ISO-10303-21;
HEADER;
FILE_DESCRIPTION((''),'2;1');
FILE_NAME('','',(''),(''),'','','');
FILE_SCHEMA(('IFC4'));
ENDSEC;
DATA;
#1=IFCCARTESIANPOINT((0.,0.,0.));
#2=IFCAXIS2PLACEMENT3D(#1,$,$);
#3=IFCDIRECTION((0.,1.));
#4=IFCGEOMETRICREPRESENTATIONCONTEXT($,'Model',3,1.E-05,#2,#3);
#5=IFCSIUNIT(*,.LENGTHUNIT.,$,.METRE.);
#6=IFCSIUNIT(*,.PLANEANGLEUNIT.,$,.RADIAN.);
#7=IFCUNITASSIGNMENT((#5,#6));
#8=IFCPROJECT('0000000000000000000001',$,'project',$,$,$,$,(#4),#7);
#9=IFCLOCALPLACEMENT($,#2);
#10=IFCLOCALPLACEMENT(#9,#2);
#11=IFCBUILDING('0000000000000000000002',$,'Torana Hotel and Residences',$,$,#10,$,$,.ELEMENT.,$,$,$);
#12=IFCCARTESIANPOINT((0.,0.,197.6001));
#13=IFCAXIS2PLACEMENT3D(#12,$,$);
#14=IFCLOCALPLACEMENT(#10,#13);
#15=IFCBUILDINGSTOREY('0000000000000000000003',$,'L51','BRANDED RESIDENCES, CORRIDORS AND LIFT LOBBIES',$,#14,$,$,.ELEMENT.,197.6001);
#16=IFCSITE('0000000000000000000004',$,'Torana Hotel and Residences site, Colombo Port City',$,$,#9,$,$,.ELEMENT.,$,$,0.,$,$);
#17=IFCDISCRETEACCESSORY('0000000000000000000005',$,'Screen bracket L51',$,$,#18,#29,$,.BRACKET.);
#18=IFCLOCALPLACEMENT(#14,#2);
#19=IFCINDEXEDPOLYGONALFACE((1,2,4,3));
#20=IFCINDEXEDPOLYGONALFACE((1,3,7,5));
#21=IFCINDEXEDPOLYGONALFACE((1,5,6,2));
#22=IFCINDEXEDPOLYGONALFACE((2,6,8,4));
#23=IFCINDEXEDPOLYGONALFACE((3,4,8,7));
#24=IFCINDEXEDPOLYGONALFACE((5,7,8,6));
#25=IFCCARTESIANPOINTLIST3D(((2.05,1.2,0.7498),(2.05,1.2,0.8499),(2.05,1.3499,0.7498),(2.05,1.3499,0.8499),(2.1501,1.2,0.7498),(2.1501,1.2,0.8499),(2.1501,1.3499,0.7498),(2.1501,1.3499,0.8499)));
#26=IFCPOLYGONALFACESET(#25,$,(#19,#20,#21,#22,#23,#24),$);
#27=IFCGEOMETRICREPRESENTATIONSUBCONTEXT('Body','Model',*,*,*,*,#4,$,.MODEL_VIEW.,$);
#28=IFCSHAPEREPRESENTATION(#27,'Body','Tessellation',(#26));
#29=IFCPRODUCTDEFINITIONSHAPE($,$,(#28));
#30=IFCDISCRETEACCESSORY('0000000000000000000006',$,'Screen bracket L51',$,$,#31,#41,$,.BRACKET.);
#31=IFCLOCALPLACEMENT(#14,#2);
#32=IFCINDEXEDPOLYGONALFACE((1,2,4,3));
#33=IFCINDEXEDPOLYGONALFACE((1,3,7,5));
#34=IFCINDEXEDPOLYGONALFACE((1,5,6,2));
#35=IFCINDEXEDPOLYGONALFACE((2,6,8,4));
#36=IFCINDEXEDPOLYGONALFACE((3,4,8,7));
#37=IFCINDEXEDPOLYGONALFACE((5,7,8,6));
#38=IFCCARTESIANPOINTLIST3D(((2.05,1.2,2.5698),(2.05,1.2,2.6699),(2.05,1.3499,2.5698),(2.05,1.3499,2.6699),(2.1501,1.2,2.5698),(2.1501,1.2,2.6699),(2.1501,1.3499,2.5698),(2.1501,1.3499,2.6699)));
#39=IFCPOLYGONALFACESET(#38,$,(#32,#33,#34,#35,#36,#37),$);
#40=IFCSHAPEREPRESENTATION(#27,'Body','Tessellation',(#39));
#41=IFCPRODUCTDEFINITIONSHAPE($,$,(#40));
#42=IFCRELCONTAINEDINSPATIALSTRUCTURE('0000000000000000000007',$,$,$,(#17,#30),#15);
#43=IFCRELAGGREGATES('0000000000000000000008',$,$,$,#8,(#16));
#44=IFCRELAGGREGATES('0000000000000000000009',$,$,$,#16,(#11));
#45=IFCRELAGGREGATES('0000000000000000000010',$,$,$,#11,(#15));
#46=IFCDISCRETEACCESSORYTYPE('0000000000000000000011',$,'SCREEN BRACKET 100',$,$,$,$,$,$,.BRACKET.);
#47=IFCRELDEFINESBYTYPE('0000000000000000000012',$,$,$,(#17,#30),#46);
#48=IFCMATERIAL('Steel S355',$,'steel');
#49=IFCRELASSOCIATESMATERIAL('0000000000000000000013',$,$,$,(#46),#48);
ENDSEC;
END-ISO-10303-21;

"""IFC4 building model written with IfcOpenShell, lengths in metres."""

from ifc_helpers import new_model, si_unit, direction, frame, origin, origin_2d, place, context, subcontext, project, spatial, rectangle, extrude, material, type_object, element, save


model = new_model("IFC4")

# Units and contexts
model_context = context("Model", 3, precision=1e-05, world=origin(), true_north=direction((0.0, 1.0)))
body_context = subcontext(model_context, "Body", "Model", "MODEL_VIEW")
ifc_project = project(units=[si_unit("LENGTHUNIT", "METRE"), si_unit("PLANEANGLEUNIT", "RADIAN")], contexts=[model_context])

# Site, building, storey
site_placement = place(None, origin())
site = spatial("IfcSite", under=ifc_project, at=site_placement, Name="Torana Hotel and Residences site, Colombo Port City", CompositionType="ELEMENT", RefElevation=0.0)
building_placement = place(site_placement, origin())
building = spatial("IfcBuilding", under=site, at=building_placement, Name="Torana Hotel and Residences", CompositionType="ELEMENT")
storey_placement = place(building_placement, frame((0.0, 0.0, 197.6001)))
storey = spatial("IfcBuildingStorey", under=building, at=storey_placement, Name="L51", Description="BRANDED RESIDENCES, CORRIDORS AND LIFT LOBBIES", CompositionType="ELEMENT", Elevation=197.6001)

# Discrete accessories
ifc_material_1 = material(Name="Steel S355", Category="steel")
discrete_accessory_type = type_object("IfcDiscreteAccessoryType", Name="SCREEN BRACKET 100", PredefinedType="BRACKET", material=ifc_material_1)
for number, where, z_axis, x_axis, name in (
    (1, (2.1001, 1.2749, 0.7498), (0.0, 0.0, 1.0), (-1.0, 0.0, 0.0), "Screen bracket L51"),
    (2, (2.1001, 1.2749, 2.5698), (0.0, 0.0, 1.0), (-1.0, 0.0, 0.0), "Screen bracket L51"),
):
    element("IfcDiscreteAccessory", number, at=place(storey_placement, frame(where, z_axis=z_axis, x_axis=x_axis)), inside=storey, type_object=discrete_accessory_type, Name=name, PredefinedType="BRACKET", context=body_context, shape_type="SweptSolid", body=[
        extrude(rectangle(XDim=0.1001, YDim=0.1499, at=origin_2d()), origin(), (0.0, 0.0, 1.0), 0.1001),
    ])

save(model, "model.ifc")
